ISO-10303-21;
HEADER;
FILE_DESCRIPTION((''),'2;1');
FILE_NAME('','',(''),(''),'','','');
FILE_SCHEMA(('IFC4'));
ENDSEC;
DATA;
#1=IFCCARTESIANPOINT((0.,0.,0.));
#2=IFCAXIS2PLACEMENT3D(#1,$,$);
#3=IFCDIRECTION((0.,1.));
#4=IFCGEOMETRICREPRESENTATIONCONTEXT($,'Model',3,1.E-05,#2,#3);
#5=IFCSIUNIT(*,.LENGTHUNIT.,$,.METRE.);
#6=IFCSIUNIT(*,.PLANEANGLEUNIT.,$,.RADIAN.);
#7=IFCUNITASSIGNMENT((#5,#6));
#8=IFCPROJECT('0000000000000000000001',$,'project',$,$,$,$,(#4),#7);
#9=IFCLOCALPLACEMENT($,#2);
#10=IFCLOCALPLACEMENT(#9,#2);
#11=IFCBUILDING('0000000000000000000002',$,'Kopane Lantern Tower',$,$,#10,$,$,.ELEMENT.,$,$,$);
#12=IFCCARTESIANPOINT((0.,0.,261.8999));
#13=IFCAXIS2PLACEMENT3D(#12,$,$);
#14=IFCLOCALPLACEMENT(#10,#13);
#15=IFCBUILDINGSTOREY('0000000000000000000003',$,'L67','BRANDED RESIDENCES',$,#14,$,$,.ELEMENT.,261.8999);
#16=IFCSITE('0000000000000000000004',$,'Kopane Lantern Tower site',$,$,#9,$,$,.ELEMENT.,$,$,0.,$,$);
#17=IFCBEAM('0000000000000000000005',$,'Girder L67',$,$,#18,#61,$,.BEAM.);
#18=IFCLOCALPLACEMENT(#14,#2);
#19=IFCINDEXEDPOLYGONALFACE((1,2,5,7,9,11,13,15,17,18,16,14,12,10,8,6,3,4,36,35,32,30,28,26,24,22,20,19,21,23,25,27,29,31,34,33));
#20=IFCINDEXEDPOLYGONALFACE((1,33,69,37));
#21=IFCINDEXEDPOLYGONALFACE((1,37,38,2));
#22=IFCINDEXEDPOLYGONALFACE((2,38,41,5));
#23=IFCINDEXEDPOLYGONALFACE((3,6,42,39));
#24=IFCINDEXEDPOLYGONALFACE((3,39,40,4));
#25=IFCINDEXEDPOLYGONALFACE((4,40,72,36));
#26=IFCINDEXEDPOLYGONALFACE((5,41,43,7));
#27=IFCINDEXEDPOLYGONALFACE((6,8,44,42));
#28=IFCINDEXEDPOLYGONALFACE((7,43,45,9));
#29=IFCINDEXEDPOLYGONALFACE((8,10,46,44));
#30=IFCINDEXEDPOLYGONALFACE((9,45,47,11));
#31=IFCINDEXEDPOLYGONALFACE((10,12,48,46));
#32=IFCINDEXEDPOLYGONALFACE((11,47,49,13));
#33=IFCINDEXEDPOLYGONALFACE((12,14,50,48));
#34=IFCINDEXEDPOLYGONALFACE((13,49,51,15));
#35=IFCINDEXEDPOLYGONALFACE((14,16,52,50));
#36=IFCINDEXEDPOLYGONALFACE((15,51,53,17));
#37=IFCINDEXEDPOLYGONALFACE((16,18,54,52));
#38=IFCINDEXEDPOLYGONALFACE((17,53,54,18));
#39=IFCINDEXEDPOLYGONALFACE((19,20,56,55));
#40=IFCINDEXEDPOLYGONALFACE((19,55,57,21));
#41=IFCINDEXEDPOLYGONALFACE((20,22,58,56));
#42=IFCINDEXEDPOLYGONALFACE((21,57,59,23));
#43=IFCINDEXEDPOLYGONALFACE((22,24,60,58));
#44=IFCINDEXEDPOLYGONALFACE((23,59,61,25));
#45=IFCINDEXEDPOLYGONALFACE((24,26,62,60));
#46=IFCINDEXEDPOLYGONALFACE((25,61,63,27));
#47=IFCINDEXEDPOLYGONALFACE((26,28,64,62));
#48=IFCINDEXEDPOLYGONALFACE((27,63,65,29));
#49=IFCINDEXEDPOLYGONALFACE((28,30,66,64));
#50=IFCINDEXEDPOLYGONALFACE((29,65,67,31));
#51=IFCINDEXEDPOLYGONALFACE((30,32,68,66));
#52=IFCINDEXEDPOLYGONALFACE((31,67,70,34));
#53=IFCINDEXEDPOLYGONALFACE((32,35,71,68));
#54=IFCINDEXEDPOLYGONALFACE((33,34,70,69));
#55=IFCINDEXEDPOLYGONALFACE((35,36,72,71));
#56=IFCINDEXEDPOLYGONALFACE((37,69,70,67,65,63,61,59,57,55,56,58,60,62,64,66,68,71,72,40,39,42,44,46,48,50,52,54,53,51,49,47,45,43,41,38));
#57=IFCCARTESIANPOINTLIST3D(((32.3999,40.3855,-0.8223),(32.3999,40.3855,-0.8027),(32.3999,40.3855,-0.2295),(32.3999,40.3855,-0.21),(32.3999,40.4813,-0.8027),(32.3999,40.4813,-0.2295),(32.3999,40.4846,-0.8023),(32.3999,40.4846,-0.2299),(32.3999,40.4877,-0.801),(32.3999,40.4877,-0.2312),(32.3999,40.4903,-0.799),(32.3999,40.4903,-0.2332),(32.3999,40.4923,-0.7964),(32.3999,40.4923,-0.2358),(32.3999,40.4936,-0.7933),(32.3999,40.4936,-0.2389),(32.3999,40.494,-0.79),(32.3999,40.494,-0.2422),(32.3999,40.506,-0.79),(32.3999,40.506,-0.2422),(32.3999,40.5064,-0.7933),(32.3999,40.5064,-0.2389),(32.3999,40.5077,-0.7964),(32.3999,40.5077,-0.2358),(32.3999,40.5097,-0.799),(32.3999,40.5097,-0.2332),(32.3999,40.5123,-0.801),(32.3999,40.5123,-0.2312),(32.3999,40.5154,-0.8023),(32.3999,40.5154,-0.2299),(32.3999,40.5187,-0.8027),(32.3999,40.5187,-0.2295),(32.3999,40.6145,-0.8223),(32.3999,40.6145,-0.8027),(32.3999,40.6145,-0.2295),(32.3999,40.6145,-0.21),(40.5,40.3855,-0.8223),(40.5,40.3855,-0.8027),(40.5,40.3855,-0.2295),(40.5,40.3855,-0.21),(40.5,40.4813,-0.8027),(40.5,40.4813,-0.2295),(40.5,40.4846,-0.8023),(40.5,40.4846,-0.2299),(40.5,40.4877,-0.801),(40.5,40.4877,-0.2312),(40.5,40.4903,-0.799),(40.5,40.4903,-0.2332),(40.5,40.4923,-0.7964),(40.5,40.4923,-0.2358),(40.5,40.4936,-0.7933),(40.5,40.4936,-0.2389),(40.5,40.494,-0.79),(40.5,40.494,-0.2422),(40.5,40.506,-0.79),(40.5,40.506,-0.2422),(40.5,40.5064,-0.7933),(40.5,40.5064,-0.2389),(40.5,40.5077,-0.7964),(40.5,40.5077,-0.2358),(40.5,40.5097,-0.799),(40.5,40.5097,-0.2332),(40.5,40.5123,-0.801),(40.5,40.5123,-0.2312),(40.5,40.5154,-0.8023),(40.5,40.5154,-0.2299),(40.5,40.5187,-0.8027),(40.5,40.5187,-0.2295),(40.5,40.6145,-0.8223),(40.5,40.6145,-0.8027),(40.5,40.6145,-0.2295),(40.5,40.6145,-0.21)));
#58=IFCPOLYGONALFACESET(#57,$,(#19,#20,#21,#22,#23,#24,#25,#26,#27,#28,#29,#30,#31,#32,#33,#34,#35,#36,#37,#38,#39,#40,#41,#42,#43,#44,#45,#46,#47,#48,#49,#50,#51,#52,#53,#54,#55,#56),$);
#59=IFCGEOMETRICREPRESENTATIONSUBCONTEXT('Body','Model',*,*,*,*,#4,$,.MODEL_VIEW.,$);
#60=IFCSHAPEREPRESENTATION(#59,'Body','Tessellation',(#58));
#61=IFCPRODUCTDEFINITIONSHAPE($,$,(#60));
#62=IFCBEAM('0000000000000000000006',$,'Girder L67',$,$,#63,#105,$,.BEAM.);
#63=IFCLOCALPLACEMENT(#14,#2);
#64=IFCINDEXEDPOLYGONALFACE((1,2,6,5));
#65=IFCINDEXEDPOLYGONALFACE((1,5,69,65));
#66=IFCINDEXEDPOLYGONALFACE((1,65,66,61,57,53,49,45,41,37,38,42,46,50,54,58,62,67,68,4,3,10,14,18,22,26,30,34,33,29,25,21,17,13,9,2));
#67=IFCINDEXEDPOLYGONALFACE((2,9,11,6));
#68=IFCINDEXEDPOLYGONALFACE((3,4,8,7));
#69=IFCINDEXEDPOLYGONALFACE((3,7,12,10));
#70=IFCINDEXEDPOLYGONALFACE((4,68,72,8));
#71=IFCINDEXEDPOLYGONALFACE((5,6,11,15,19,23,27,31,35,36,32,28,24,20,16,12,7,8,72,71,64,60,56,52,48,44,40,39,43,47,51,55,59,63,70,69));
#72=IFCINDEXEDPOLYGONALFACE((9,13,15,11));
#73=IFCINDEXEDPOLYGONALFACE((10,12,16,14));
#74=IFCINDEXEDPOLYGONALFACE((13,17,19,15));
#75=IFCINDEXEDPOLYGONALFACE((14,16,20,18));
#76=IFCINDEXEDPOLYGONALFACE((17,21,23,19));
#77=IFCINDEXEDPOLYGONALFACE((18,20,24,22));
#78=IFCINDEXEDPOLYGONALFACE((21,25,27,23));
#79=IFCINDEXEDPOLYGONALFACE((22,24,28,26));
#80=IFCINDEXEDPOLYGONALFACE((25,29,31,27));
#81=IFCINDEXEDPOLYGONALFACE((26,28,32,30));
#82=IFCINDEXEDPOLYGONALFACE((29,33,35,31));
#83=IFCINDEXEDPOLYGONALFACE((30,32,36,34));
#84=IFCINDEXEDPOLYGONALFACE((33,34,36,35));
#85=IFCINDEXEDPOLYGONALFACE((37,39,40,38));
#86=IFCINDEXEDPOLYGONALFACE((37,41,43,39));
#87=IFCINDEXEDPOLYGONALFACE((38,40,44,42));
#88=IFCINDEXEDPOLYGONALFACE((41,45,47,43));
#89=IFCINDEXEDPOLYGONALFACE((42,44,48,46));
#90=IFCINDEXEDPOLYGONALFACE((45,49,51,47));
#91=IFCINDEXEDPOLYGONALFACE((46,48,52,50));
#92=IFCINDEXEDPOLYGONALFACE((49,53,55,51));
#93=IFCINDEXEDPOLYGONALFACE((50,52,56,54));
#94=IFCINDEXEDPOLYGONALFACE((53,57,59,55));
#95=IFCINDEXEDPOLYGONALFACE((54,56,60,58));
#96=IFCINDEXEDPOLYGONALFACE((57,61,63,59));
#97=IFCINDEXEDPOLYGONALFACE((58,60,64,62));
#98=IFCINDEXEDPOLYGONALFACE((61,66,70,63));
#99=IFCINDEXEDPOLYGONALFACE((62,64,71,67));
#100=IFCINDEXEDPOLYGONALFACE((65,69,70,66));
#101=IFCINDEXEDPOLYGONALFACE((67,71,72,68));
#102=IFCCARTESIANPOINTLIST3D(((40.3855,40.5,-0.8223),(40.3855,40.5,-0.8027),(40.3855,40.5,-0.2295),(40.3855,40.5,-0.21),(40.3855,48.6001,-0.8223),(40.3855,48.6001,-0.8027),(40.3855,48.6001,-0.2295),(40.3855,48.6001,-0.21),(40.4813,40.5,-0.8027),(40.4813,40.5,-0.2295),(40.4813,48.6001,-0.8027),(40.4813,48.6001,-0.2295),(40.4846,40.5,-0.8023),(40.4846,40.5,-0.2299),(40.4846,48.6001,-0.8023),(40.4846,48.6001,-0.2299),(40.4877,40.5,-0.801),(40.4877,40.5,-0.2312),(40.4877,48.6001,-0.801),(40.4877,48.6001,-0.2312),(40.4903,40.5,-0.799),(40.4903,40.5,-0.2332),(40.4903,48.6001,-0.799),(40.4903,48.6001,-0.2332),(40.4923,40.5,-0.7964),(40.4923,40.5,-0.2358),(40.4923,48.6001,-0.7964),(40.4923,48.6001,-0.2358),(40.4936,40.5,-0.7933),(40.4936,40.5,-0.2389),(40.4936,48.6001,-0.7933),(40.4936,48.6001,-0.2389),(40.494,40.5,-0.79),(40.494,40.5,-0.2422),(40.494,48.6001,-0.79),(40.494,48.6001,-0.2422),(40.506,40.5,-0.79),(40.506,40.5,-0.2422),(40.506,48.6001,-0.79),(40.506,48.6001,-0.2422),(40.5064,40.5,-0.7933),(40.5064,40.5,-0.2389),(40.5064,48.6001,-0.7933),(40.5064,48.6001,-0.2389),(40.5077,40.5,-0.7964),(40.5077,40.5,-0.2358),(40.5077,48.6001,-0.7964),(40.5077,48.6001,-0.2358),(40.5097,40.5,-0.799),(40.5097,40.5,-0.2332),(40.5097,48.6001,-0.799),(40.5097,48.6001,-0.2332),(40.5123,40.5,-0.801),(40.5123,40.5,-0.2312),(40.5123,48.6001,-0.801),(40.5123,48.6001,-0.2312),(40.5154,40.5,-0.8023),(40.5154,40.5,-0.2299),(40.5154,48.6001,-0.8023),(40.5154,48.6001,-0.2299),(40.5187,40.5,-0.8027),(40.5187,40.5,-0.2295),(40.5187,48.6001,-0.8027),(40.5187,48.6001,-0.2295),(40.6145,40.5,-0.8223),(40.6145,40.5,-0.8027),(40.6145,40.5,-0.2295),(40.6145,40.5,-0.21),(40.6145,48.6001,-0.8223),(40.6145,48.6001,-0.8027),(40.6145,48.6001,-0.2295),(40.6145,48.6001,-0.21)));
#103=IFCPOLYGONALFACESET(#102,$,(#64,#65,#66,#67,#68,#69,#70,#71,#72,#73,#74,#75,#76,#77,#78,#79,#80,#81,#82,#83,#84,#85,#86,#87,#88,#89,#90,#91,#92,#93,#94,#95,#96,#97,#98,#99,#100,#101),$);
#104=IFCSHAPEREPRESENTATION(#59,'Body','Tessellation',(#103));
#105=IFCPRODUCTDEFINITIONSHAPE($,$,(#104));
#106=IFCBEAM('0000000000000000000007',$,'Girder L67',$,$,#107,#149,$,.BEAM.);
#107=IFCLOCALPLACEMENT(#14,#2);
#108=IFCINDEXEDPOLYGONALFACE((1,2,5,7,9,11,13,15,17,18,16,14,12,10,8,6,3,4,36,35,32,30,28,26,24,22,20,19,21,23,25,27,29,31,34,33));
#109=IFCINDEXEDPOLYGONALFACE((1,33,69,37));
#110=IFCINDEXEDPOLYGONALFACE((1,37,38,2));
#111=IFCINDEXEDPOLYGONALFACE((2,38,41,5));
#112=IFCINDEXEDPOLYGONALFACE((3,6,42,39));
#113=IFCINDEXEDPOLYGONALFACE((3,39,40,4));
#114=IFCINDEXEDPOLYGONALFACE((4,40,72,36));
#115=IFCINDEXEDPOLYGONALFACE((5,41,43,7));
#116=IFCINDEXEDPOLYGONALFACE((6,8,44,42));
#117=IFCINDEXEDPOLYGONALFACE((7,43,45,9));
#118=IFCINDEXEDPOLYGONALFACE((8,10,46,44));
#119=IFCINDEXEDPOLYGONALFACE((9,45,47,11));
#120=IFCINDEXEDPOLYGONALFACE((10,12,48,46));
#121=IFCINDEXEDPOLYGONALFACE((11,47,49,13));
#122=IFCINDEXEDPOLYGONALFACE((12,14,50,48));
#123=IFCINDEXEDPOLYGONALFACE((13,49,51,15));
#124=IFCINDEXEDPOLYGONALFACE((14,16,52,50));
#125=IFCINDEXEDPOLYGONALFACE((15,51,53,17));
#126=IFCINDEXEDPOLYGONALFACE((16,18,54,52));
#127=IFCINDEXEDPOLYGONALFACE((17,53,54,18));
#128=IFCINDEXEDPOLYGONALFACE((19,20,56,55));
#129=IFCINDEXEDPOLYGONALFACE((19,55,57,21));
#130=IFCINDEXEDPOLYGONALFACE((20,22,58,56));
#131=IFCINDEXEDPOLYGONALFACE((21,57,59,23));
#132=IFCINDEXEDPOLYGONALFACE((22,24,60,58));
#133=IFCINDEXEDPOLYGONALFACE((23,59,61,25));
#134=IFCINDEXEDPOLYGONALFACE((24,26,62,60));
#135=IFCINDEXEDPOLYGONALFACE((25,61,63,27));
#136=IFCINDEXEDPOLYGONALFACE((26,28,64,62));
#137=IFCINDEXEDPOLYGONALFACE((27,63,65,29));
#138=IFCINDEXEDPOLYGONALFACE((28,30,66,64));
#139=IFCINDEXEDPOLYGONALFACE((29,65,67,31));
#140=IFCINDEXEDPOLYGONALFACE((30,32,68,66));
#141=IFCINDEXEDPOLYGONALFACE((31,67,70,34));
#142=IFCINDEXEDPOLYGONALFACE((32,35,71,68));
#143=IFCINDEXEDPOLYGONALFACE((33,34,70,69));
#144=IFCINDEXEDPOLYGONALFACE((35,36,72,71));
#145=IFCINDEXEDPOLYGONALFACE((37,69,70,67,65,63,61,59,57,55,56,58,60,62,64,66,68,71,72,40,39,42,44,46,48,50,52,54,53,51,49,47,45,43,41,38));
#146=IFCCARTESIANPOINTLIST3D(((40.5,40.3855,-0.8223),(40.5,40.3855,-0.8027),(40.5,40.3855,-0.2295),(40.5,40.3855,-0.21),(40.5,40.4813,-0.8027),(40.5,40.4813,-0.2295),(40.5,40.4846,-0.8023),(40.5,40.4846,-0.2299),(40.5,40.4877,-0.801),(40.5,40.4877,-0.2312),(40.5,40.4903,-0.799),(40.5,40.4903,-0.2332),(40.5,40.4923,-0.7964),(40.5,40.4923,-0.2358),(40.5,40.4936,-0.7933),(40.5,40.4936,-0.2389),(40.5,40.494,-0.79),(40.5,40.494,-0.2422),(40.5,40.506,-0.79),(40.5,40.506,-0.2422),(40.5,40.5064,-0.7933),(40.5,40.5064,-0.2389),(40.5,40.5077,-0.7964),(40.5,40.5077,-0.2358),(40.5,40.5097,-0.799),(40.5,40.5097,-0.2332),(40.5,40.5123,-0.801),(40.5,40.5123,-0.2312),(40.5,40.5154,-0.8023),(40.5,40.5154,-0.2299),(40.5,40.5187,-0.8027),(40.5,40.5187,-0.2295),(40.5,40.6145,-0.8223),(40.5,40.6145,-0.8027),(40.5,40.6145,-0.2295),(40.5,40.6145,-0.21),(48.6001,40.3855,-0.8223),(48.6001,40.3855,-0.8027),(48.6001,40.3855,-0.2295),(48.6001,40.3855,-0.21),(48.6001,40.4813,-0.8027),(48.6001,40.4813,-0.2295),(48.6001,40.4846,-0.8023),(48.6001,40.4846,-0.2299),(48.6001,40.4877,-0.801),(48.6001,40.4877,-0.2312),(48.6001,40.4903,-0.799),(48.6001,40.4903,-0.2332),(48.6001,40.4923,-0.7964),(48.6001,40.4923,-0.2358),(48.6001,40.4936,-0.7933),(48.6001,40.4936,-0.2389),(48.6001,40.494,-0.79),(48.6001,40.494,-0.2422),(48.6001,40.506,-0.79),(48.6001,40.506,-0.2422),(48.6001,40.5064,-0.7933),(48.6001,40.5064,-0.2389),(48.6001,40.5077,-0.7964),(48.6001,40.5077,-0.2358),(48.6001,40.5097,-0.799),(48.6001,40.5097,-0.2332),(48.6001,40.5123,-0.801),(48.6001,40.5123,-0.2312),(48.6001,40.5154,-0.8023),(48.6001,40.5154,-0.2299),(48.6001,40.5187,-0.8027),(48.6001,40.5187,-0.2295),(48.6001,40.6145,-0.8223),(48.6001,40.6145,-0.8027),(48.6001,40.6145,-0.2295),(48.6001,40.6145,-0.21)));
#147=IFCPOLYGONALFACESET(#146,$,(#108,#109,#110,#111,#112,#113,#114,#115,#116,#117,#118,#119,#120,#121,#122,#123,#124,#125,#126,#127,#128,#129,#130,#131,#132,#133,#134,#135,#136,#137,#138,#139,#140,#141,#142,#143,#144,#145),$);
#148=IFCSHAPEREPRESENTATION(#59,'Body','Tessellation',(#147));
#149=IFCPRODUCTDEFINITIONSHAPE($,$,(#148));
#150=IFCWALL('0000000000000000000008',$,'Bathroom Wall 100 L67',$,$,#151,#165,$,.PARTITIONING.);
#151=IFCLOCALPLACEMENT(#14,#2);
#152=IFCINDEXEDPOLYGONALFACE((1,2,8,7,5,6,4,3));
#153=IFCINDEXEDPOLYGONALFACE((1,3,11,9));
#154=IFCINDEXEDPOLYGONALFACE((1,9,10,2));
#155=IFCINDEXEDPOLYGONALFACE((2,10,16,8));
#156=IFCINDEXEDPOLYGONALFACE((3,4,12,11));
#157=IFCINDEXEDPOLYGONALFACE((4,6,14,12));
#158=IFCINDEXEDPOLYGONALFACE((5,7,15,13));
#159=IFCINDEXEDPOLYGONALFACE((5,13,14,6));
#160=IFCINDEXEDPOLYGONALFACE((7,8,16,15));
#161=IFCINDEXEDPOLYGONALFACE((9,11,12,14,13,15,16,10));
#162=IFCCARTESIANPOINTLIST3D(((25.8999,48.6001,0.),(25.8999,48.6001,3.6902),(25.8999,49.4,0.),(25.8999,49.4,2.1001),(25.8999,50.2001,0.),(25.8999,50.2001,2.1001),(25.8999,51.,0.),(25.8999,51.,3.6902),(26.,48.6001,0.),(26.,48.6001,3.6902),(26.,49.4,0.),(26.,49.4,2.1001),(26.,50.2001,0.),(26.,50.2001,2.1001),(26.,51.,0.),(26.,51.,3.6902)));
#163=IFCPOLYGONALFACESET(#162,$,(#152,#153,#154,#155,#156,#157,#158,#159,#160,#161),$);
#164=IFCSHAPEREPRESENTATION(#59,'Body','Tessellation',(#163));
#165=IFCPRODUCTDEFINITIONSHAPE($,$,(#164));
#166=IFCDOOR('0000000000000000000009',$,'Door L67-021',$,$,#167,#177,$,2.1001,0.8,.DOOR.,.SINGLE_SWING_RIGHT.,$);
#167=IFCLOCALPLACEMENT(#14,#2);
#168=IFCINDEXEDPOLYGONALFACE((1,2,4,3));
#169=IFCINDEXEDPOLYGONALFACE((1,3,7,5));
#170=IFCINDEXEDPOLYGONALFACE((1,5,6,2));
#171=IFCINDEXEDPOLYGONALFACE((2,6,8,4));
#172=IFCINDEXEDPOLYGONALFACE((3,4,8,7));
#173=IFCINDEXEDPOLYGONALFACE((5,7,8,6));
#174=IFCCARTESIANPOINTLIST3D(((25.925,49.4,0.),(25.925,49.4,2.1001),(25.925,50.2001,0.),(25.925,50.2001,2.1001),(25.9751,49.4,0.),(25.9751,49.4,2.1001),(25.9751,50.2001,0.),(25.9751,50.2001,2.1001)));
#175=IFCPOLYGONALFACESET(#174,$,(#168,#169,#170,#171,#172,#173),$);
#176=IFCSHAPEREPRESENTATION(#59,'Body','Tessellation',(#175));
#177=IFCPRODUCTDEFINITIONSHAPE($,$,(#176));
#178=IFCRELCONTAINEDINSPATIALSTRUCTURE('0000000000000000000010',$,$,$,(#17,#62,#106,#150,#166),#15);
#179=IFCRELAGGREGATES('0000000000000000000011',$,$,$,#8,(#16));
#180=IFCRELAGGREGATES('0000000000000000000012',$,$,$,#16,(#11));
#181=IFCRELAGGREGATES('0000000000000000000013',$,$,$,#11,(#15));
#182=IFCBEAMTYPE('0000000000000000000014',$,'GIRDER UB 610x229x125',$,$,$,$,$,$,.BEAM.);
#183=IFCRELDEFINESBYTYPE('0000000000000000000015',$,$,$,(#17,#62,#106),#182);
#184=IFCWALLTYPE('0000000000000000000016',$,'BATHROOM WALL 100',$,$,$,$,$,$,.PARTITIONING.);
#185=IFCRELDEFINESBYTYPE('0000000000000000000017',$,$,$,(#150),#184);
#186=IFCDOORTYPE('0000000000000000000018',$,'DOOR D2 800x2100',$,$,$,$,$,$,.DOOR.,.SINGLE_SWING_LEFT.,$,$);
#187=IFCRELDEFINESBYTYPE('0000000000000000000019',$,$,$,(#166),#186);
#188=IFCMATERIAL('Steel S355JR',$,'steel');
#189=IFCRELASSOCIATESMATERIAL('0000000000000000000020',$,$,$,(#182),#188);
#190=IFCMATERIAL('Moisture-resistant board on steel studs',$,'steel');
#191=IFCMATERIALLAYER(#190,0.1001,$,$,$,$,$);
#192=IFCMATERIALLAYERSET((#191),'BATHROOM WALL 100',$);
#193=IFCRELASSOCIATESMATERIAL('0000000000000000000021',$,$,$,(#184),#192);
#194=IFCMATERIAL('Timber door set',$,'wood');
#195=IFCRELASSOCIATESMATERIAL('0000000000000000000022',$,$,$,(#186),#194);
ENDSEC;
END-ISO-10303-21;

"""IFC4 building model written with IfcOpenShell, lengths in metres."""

from ifc_helpers import new_model, si_unit, direction, frame, frame_2d, origin, origin_2d, place, context, subcontext, project, spatial, rectangle, i_section, extrude, material, layer, layer_set, material_profile, profile_set, type_object, element, fill, save


model = new_model("IFC4")

# Units and contexts
model_context = context("Model", 3, precision=1e-05, world=origin(), true_north=direction((0.0, 1.0)))
body_context = subcontext(model_context, "Body", "Model", "MODEL_VIEW")
ifc_project = project(units=[si_unit("LENGTHUNIT", "METRE"), si_unit("PLANEANGLEUNIT", "RADIAN")], contexts=[model_context])

# Site, building, storey
site_placement = place(None, origin())
site = spatial("IfcSite", under=ifc_project, at=site_placement, Name="Kopane Lantern Tower site", CompositionType="ELEMENT", RefElevation=0.0)
building_placement = place(site_placement, origin())
building = spatial("IfcBuilding", under=site, at=building_placement, Name="Kopane Lantern Tower", CompositionType="ELEMENT")
storey_placement = place(building_placement, frame((0.0, 0.0, 261.8999)))
storey = spatial("IfcBuildingStorey", under=building, at=storey_placement, Name="L67", Description="BRANDED RESIDENCES", CompositionType="ELEMENT", Elevation=261.8999)

# Beams
ifc_material_1 = material(Name="Steel S355JR", Category="steel")
ifc_material_profile_1 = material_profile(ifc_material_1, i_section(OverallWidth=0.229, OverallDepth=0.6123, WebThickness=0.012, FlangeThickness=0.0195, FilletRadius=0.0127, at=origin_2d()), Name="UB 610x229x125")
ifc_profile_set_1 = profile_set([ifc_material_profile_1], Name="Steel S355JR")
beam_type = type_object("IfcBeamType", Name="GIRDER UB 610x229x125", PredefinedType="BEAM", material=ifc_profile_set_1)
for number, where, z_axis, x_axis, name in (
    (1, (32.3999, 40.5, -0.5161), (1.0, 0.0, 0.0), (0.0, 1.0, 0.0), "Girder L67"),
    (2, (40.5, 40.5, -0.5161), (0.0, 1.0, 0.0), (-1.0, 0.0, 0.0), "Girder L67"),
    (3, (40.5, 40.5, -0.5161), (1.0, 0.0, 0.0), (0.0, 1.0, 0.0), "Girder L67"),
):
    element("IfcBeam", number, at=place(storey_placement, frame(where, z_axis=z_axis, x_axis=x_axis)), inside=storey, type_object=beam_type, Name=name, PredefinedType="BEAM", context=body_context, shape_type="SweptSolid", body=[
        extrude(i_section(OverallWidth=0.229, OverallDepth=0.6123, WebThickness=0.012, FlangeThickness=0.0195, FilletRadius=0.0127, at=origin_2d()), origin(), (0.0, 0.0, 1.0), 8.1001),
    ])

# Wall, opening, door
ifc_material_2 = material(Name="Moisture-resistant board on steel studs", Category="steel")
ifc_layer_1 = layer(ifc_material_2, 0.1001)
ifc_layer_set_1 = layer_set([ifc_layer_1], Name="BATHROOM WALL 100")
wall_type_1 = type_object("IfcWallType", Name="BATHROOM WALL 100", PredefinedType="PARTITIONING", material=ifc_layer_set_1)
wall_1_placement = place(storey_placement, frame((25.95, 48.6001, 0.0), z_axis=(0.0, 0.0, 1.0), x_axis=(0.0, 1.0, 0.0)))
wall_1 = element("IfcWall", 4, at=wall_1_placement, inside=storey, type_object=wall_type_1, Name="Bathroom Wall 100 L67", PredefinedType="PARTITIONING", context=body_context, shape_type="SweptSolid", body=[
    extrude(rectangle(XDim=2.3999, YDim=0.1001, at=frame_2d((1.2, 0.0))), origin(), (0.0, 0.0, 1.0), 3.6902),
])
opening_1_placement = place(wall_1_placement, frame((0.8, 0.0, 0.0)))
opening_1 = element("IfcOpeningElement", 5, at=opening_1_placement, cuts=wall_1, PredefinedType="OPENING", context=body_context, shape_type="SweptSolid", body=[
    extrude(rectangle(XDim=0.8, YDim=2.1001, at=frame_2d((0.3999, 1.05))), frame((0.0, 0.0601, 0.0), z_axis=(0.0, -1.0, 0.0), x_axis=(1.0, 0.0, 0.0)), (0.0, 0.0, 1.0), 0.1201),
])
ifc_material_3 = material(Name="Timber door set", Category="wood")
door_type_1 = type_object("IfcDoorType", Name="DOOR D2 800x2100", OperationType="SINGLE_SWING_LEFT", PredefinedType="DOOR", material=ifc_material_3)
door_1_placement = place(opening_1_placement, origin())
door_1 = element("IfcDoor", 6, at=door_1_placement, inside=storey, type_object=door_type_1, Name="Door L67-021", OperationType="SINGLE_SWING_RIGHT", OverallHeight=2.1001, OverallWidth=0.8, PredefinedType="DOOR", context=body_context, shape_type="SweptSolid", body=[
    extrude(rectangle(XDim=0.8, YDim=2.1001, at=frame_2d((0.3999, 1.05))), frame((0.0, 0.0249, 0.0), z_axis=(0.0, -1.0, 0.0), x_axis=(1.0, 0.0, 0.0)), (0.0, 0.0, 1.0), 0.05),
])
fill(opening_1, door_1)

save(model, "model.ifc")
